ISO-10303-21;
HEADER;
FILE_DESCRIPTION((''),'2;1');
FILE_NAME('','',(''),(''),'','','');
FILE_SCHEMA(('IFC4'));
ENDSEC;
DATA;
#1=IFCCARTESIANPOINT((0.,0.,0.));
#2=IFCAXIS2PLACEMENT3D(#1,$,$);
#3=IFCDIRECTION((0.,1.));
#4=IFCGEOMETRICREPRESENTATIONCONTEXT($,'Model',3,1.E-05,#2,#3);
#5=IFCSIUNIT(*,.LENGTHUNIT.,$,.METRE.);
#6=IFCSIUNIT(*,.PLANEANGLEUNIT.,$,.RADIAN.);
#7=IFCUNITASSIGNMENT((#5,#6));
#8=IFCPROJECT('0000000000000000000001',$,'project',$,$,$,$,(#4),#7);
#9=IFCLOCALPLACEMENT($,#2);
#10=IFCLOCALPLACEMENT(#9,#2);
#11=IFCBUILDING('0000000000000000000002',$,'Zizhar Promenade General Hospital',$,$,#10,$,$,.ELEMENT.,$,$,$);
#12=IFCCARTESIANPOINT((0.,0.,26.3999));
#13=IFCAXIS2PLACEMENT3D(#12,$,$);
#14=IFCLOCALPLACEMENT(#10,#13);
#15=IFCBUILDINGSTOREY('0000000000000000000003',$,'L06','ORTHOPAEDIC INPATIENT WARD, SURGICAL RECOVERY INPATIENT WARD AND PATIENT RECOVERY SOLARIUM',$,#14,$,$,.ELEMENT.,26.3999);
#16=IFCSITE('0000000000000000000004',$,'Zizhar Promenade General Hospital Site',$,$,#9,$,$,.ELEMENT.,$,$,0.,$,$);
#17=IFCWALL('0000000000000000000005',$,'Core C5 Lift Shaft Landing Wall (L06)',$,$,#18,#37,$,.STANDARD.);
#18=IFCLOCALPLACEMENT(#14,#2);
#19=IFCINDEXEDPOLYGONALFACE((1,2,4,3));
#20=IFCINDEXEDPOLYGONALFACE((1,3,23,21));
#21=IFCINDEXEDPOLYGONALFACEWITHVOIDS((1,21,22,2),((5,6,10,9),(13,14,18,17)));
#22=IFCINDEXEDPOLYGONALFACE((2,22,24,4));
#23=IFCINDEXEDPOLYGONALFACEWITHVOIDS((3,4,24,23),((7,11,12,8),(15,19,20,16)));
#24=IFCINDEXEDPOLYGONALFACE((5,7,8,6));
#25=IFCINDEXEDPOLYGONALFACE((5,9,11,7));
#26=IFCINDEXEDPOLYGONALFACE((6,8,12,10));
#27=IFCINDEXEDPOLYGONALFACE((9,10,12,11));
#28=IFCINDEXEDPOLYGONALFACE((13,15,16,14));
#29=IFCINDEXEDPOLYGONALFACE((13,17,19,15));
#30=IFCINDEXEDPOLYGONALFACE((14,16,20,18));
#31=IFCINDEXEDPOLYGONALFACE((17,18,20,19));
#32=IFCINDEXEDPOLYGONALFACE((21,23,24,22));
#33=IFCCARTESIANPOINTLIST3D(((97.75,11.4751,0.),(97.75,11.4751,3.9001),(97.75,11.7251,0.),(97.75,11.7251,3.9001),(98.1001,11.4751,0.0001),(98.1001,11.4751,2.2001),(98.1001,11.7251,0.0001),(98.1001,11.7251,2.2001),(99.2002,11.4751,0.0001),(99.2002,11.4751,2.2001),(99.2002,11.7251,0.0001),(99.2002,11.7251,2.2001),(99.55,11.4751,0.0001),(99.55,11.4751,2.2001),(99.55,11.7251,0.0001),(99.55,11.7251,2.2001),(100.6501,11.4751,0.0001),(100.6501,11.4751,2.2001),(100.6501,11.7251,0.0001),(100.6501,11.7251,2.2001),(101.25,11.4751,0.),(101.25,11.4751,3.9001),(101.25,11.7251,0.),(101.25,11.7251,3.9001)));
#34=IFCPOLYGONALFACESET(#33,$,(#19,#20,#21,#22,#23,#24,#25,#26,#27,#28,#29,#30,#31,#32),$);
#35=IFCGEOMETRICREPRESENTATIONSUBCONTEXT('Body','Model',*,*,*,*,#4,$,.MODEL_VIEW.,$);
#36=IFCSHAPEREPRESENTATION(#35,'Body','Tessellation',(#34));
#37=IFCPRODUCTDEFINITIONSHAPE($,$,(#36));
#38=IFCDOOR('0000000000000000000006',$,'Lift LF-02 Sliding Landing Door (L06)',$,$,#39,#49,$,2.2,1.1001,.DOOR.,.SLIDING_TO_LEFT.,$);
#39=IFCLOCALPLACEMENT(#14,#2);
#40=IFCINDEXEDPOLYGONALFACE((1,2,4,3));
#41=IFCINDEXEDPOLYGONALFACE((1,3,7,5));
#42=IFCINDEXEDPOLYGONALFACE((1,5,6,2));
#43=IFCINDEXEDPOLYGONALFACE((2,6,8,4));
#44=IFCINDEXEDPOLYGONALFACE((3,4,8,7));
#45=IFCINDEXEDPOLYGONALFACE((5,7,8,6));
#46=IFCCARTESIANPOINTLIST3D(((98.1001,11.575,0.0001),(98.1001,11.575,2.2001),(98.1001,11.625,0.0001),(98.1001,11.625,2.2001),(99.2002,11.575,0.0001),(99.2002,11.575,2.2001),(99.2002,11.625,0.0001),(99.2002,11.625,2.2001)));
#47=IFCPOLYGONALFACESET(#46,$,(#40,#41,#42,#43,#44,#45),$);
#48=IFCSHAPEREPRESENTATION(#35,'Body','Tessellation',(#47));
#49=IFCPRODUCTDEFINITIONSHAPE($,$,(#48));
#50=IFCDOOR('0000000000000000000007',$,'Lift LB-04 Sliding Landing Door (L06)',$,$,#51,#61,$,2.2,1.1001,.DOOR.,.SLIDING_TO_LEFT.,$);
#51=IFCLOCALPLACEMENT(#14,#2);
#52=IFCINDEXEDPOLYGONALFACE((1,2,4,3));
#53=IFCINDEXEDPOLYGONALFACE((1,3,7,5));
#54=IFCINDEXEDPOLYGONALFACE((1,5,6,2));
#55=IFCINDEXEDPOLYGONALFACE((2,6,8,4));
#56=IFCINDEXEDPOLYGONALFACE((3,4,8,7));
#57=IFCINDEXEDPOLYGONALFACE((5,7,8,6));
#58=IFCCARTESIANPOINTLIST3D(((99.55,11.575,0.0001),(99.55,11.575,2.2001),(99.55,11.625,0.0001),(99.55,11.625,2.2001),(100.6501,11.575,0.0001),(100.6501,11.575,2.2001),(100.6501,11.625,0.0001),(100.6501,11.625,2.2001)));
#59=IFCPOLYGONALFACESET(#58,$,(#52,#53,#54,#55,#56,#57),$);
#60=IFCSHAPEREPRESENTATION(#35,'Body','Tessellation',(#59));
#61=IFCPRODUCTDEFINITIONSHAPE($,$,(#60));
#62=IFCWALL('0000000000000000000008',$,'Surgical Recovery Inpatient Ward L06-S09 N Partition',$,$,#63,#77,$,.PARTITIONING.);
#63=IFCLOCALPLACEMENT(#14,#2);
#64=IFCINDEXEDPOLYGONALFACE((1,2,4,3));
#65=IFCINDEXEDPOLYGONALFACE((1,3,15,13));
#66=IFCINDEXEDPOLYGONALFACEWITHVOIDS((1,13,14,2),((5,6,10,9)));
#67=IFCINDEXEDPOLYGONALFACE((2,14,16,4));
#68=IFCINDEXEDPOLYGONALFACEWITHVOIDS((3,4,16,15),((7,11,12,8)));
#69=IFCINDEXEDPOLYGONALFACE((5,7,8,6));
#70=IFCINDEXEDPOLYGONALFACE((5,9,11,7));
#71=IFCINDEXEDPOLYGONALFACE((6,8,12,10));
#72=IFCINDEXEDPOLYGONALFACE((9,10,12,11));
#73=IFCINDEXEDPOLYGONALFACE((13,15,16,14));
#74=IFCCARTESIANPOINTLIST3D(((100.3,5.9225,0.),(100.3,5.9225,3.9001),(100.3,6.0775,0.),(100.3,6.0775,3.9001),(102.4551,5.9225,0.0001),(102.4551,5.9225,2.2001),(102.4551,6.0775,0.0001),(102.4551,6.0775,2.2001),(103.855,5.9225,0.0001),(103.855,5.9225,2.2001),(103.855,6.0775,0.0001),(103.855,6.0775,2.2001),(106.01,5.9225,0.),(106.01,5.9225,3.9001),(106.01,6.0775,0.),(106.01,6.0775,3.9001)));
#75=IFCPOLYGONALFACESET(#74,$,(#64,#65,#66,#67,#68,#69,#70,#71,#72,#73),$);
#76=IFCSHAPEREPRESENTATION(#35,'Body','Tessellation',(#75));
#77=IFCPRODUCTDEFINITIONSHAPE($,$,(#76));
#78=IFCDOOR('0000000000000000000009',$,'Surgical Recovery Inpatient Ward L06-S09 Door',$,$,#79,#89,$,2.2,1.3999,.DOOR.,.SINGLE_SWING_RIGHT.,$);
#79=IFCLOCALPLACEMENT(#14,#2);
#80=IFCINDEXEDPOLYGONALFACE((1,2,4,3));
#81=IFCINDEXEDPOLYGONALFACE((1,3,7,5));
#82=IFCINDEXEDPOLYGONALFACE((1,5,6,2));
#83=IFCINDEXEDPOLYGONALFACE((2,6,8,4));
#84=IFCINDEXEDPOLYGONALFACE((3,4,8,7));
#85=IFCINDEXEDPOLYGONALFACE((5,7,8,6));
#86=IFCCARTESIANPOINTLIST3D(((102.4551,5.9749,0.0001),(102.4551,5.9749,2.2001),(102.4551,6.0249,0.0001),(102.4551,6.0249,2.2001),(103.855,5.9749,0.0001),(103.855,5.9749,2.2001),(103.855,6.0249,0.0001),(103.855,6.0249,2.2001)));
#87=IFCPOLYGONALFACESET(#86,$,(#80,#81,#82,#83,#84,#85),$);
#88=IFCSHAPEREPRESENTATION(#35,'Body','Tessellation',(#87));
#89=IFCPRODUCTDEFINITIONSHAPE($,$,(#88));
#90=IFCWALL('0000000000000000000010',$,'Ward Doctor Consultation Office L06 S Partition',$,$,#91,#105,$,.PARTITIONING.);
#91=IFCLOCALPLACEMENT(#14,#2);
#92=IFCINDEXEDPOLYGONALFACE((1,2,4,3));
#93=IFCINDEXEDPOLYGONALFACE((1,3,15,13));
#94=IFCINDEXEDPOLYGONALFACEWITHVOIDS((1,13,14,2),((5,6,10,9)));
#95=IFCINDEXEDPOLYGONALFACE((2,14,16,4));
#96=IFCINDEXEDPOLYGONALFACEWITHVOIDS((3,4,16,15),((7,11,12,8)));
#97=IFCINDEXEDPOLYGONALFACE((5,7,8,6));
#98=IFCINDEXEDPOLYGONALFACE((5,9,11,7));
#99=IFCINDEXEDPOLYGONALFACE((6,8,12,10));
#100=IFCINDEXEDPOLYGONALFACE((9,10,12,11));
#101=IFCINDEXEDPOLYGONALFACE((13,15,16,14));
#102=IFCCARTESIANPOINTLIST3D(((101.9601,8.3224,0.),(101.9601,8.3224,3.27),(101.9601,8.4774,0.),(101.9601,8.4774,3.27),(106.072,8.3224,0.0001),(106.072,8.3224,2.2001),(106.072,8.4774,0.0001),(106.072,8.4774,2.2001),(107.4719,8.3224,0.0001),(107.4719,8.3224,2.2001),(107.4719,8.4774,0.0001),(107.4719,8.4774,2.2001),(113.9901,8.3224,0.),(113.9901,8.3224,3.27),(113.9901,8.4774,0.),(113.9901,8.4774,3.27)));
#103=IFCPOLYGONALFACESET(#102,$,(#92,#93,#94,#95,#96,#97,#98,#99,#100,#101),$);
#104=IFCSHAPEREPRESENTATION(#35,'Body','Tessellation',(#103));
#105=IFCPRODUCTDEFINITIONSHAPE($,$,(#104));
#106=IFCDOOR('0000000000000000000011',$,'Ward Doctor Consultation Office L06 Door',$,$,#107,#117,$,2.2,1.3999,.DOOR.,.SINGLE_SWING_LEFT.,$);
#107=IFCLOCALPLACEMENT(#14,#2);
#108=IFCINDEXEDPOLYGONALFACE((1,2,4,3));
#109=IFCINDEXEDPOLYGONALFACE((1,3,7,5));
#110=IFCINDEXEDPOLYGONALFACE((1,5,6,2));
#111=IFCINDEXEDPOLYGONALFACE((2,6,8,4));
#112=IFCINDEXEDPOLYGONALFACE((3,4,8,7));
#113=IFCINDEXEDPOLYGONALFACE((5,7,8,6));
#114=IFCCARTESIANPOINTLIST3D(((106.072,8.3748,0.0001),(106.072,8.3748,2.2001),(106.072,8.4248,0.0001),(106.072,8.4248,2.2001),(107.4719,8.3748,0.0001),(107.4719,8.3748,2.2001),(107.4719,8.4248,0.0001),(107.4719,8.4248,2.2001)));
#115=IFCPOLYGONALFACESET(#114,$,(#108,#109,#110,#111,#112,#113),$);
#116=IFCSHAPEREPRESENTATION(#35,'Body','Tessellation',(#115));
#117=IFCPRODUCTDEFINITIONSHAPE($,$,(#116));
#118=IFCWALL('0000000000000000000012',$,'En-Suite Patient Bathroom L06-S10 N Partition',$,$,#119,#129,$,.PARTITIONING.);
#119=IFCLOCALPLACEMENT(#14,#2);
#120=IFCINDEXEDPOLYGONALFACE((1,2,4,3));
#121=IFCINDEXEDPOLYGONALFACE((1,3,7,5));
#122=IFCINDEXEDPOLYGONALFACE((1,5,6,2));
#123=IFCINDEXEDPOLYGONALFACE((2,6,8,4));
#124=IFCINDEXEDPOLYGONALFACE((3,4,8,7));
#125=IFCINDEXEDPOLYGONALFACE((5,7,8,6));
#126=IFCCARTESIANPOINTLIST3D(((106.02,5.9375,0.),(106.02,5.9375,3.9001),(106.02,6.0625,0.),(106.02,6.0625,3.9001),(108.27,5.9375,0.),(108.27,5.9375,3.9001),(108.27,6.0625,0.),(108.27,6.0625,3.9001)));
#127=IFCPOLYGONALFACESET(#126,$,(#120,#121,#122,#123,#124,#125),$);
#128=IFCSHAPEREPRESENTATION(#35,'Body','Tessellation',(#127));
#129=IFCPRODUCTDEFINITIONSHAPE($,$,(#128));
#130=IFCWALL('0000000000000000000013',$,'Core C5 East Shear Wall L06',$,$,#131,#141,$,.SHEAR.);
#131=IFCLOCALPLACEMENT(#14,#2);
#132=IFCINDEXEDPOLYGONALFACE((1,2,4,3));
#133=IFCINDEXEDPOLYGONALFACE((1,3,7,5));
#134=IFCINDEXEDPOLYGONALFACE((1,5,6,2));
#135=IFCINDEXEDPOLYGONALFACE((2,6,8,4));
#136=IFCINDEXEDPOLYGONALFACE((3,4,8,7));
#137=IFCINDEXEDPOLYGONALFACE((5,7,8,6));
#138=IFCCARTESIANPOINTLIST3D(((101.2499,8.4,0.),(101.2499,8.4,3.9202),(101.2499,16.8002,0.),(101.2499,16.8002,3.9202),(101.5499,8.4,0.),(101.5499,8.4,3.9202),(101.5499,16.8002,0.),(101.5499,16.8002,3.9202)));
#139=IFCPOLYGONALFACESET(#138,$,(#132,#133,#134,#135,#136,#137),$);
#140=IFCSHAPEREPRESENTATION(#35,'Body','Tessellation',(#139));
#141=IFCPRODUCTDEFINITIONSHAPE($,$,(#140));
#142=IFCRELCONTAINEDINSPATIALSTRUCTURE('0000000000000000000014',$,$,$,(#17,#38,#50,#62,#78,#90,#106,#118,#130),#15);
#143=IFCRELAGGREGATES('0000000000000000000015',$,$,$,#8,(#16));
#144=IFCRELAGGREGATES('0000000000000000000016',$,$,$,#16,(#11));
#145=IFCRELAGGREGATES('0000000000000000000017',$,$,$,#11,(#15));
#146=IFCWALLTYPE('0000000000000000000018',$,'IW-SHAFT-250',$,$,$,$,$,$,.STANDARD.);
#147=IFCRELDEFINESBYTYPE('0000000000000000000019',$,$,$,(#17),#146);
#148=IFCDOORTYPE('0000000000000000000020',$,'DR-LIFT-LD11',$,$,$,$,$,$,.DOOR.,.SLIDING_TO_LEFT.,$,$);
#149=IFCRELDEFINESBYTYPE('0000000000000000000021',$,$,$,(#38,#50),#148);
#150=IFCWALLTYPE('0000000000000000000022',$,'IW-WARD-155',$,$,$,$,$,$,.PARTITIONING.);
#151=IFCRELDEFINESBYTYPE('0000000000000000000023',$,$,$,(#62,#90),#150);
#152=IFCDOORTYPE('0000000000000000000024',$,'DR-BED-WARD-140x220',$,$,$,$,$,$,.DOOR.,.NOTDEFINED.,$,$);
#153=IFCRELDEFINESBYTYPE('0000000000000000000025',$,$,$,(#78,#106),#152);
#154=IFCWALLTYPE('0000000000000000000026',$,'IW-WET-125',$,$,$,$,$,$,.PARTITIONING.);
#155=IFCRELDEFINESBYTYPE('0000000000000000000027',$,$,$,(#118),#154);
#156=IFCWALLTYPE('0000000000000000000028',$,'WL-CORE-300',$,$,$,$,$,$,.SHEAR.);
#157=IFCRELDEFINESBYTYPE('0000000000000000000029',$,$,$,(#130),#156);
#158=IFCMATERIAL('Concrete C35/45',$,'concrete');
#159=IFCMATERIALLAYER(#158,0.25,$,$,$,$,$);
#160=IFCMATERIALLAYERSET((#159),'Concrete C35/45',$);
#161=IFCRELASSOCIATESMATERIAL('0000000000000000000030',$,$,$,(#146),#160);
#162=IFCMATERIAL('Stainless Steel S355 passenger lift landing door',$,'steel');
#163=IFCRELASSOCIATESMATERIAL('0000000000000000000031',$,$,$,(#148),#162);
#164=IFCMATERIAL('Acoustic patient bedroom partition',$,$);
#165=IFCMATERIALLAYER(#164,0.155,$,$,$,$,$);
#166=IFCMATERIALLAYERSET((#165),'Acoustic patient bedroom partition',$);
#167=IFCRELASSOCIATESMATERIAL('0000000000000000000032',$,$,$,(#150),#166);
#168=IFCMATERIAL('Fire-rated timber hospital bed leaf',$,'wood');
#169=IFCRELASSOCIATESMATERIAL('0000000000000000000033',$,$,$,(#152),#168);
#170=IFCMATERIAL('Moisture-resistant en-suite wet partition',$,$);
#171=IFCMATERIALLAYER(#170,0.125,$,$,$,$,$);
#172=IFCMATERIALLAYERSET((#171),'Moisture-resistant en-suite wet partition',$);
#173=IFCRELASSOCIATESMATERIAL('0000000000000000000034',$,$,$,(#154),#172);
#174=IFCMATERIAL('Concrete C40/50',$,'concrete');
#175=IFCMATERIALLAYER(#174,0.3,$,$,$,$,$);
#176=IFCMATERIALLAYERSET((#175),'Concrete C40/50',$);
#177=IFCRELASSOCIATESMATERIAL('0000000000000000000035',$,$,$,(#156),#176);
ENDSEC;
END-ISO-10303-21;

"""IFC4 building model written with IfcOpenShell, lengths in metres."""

from ifc_helpers import new_model, si_unit, direction, frame, frame_2d, origin, place, context, subcontext, project, spatial, rectangle, extrude, material, layer, layer_set, type_object, element, fill, save


model = new_model("IFC4")

# Units and contexts
model_context = context("Model", 3, precision=1e-05, world=origin(), true_north=direction((0.0, 1.0)))
body_context = subcontext(model_context, "Body", "Model", "MODEL_VIEW")
ifc_project = project(units=[si_unit("LENGTHUNIT", "METRE"), si_unit("PLANEANGLEUNIT", "RADIAN")], contexts=[model_context])

# Site, building, storey
site_placement = place(None, origin())
site = spatial("IfcSite", under=ifc_project, at=site_placement, Name="Zizhar Promenade General Hospital Site", CompositionType="ELEMENT", RefElevation=0.0)
building_placement = place(site_placement, origin())
building = spatial("IfcBuilding", under=site, at=building_placement, Name="Zizhar Promenade General Hospital", CompositionType="ELEMENT")
storey_placement = place(building_placement, frame((0.0, 0.0, 26.3999)))
storey = spatial("IfcBuildingStorey", under=building, at=storey_placement, Name="L06", Description="ORTHOPAEDIC INPATIENT WARD, SURGICAL RECOVERY INPATIENT WARD AND PATIENT RECOVERY SOLARIUM", CompositionType="ELEMENT", Elevation=26.3999)

# Wall, openings, doors
ifc_material_1 = material(Name="Concrete C35/45", Category="concrete")
ifc_layer_1 = layer(ifc_material_1, 0.25)
ifc_layer_set_1 = layer_set([ifc_layer_1], Name="Concrete C35/45")
wall_type_1 = type_object("IfcWallType", Name="IW-SHAFT-250", PredefinedType="STANDARD", material=ifc_layer_set_1)
wall_1_placement = place(storey_placement, frame((97.75, 11.6001, 0.0), z_axis=(0.0, 0.0, 1.0), x_axis=(1.0, 0.0, 0.0)))
wall_1 = element("IfcWall", 1, at=wall_1_placement, inside=storey, type_object=wall_type_1, Name="Core C5 Lift Shaft Landing Wall (L06)", PredefinedType="STANDARD", context=body_context, shape_type="SweptSolid", body=[
    extrude(rectangle(XDim=3.5, YDim=0.25, at=frame_2d((1.75, 0.0))), origin(), (0.0, 0.0, 1.0), 3.9001),
])
opening_1_placement = place(wall_1_placement, frame((0.3501, 0.0, 0.0)))
opening_1 = element("IfcOpeningElement", 2, at=opening_1_placement, cuts=wall_1, PredefinedType="OPENING", context=body_context, shape_type="SweptSolid", body=[
    extrude(rectangle(XDim=1.1001, YDim=2.2, at=frame_2d((0.55, 1.1001))), frame((0.0, 0.135, 0.0), z_axis=(0.0, -1.0, 0.0), x_axis=(1.0, 0.0, 0.0)), (0.0, 0.0, 1.0), 0.27),
])
opening_2_placement = place(wall_1_placement, frame((1.8, 0.0, 0.0)))
opening_2 = element("IfcOpeningElement", 3, at=opening_2_placement, cuts=wall_1, PredefinedType="OPENING", context=body_context, shape_type="SweptSolid", body=[
    extrude(rectangle(XDim=1.1001, YDim=2.2, at=frame_2d((0.55, 1.1001))), frame((0.0, 0.135, 0.0), z_axis=(0.0, -1.0, 0.0), x_axis=(1.0, 0.0, 0.0)), (0.0, 0.0, 1.0), 0.27),
])
ifc_material_2 = material(Name="Stainless Steel S355 passenger lift landing door", Category="steel")
door_type_1 = type_object("IfcDoorType", Name="DR-LIFT-LD11", OperationType="SLIDING_TO_LEFT", PredefinedType="DOOR", material=ifc_material_2)
door_1_placement = place(opening_1_placement, origin())
door_1 = element("IfcDoor", 4, at=door_1_placement, inside=storey, type_object=door_type_1, Name="Lift LF-02 Sliding Landing Door (L06)", OperationType="SLIDING_TO_LEFT", OverallHeight=2.2, OverallWidth=1.1001, PredefinedType="DOOR", context=body_context, shape_type="SweptSolid", body=[
    extrude(rectangle(XDim=1.1001, YDim=2.2, at=frame_2d((0.55, 1.1001))), frame((0.0, 0.0249, 0.0), z_axis=(0.0, -1.0, 0.0), x_axis=(1.0, 0.0, 0.0)), (0.0, 0.0, 1.0), 0.05),
])
fill(opening_1, door_1)
door_2_placement = place(opening_2_placement, origin())
door_2 = element("IfcDoor", 5, at=door_2_placement, inside=storey, type_object=door_type_1, Name="Lift LB-04 Sliding Landing Door (L06)", OperationType="SLIDING_TO_LEFT", OverallHeight=2.2, OverallWidth=1.1001, PredefinedType="DOOR", context=body_context, shape_type="SweptSolid", body=[
    extrude(rectangle(XDim=1.1001, YDim=2.2, at=frame_2d((0.55, 1.1001))), frame((0.0, 0.0249, 0.0), z_axis=(0.0, -1.0, 0.0), x_axis=(1.0, 0.0, 0.0)), (0.0, 0.0, 1.0), 0.05),
])
fill(opening_2, door_2)

# Walls, openings, doors
ifc_material_3 = material(Name="Acoustic patient bedroom partition")
ifc_layer_2 = layer(ifc_material_3, 0.155)
ifc_layer_set_2 = layer_set([ifc_layer_2], Name="Acoustic patient bedroom partition")
wall_type_2 = type_object("IfcWallType", Name="IW-WARD-155", PredefinedType="PARTITIONING", material=ifc_layer_set_2)
wall_2_placement = place(storey_placement, frame((100.3, 6.0, 0.0), z_axis=(0.0, 0.0, 1.0), x_axis=(1.0, 0.0, 0.0)))
wall_2 = element("IfcWall", 6, at=wall_2_placement, inside=storey, type_object=wall_type_2, Name="Surgical Recovery Inpatient Ward L06-S09 N Partition", PredefinedType="PARTITIONING", context=body_context, shape_type="SweptSolid", body=[
    extrude(rectangle(XDim=5.71, YDim=0.155, at=frame_2d((2.855, 0.0))), origin(), (0.0, 0.0, 1.0), 3.9001),
])
opening_3_placement = place(wall_2_placement, frame((2.155, 0.0, 0.0)))
opening_3 = element("IfcOpeningElement", 7, at=opening_3_placement, cuts=wall_2, PredefinedType="OPENING", context=body_context, shape_type="SweptSolid", body=[
    extrude(rectangle(XDim=1.3999, YDim=2.2, at=frame_2d((0.7, 1.1001))), frame((0.0, 0.0874, 0.0), z_axis=(0.0, -1.0, 0.0), x_axis=(1.0, 0.0, 0.0)), (0.0, 0.0, 1.0), 0.175),
])
ifc_material_4 = material(Name="Fire-rated timber hospital bed leaf", Category="wood")
door_type_2 = type_object("IfcDoorType", Name="DR-BED-WARD-140x220", OperationType="NOTDEFINED", PredefinedType="DOOR", material=ifc_material_4)
door_3_placement = place(opening_3_placement, origin())
door_3 = element("IfcDoor", 8, at=door_3_placement, inside=storey, type_object=door_type_2, Name="Surgical Recovery Inpatient Ward L06-S09 Door", OperationType="SINGLE_SWING_RIGHT", OverallHeight=2.2, OverallWidth=1.3999, PredefinedType="DOOR", context=body_context, shape_type="SweptSolid", body=[
    extrude(rectangle(XDim=1.3999, YDim=2.2, at=frame_2d((0.7, 1.1001))), frame((0.0, 0.0249, 0.0), z_axis=(0.0, -1.0, 0.0), x_axis=(1.0, 0.0, 0.0)), (0.0, 0.0, 1.0), 0.05),
])
fill(opening_3, door_3)
wall_3_placement = place(storey_placement, frame((101.96, 8.3999, 0.0), z_axis=(0.0, 0.0, 1.0), x_axis=(1.0, 0.0, 0.0)))
wall_3 = element("IfcWall", 9, at=wall_3_placement, inside=storey, type_object=wall_type_2, Name="Ward Doctor Consultation Office L06 S Partition", PredefinedType="PARTITIONING", context=body_context, shape_type="SweptSolid", body=[
    extrude(rectangle(XDim=12.03, YDim=0.155, at=frame_2d((6.0151, 0.0))), origin(), (0.0, 0.0, 1.0), 3.27),
])
opening_4_placement = place(wall_3_placement, frame((4.1121, 0.0, 0.0)))
opening_4 = element("IfcOpeningElement", 10, at=opening_4_placement, cuts=wall_3, PredefinedType="OPENING", context=body_context, shape_type="SweptSolid", body=[
    extrude(rectangle(XDim=1.3999, YDim=2.2, at=frame_2d((0.7, 1.1001))), frame((0.0, 0.0874, 0.0), z_axis=(0.0, -1.0, 0.0), x_axis=(1.0, 0.0, 0.0)), (0.0, 0.0, 1.0), 0.175),
])
door_4_placement = place(opening_4_placement, origin())
door_4 = element("IfcDoor", 11, at=door_4_placement, inside=storey, type_object=door_type_2, Name="Ward Doctor Consultation Office L06 Door", OperationType="SINGLE_SWING_LEFT", OverallHeight=2.2, OverallWidth=1.3999, PredefinedType="DOOR", context=body_context, shape_type="SweptSolid", body=[
    extrude(rectangle(XDim=1.3999, YDim=2.2, at=frame_2d((0.7, 1.1001))), frame((0.0, 0.0249, 0.0), z_axis=(0.0, -1.0, 0.0), x_axis=(1.0, 0.0, 0.0)), (0.0, 0.0, 1.0), 0.05),
])
fill(opening_4, door_4)

# Walls
ifc_material_5 = material(Name="Moisture-resistant en-suite wet partition")
ifc_layer_3 = layer(ifc_material_5, 0.125)
ifc_layer_set_3 = layer_set([ifc_layer_3], Name="Moisture-resistant en-suite wet partition")
wall_type_3 = type_object("IfcWallType", Name="IW-WET-125", PredefinedType="PARTITIONING", material=ifc_layer_set_3)
wall_4_placement = place(storey_placement, frame((106.02, 6.0, 0.0), z_axis=(0.0, 0.0, 1.0), x_axis=(1.0, 0.0, 0.0)))
element("IfcWall", 12, at=wall_4_placement, inside=storey, type_object=wall_type_3, Name="En-Suite Patient Bathroom L06-S10 N Partition", PredefinedType="PARTITIONING", context=body_context, shape_type="SweptSolid", body=[
    extrude(rectangle(XDim=2.25, YDim=0.125, at=frame_2d((1.125, 0.0))), origin(), (0.0, 0.0, 1.0), 3.9001),
])
ifc_material_6 = material(Name="Concrete C40/50", Category="concrete")
ifc_layer_4 = layer(ifc_material_6, 0.3)
ifc_layer_set_4 = layer_set([ifc_layer_4], Name="Concrete C40/50")
wall_type_4 = type_object("IfcWallType", Name="WL-CORE-300", PredefinedType="SHEAR", material=ifc_layer_set_4)
wall_5_placement = place(storey_placement, frame((101.3999, 8.3999, 0.0), z_axis=(0.0, 0.0, 1.0), x_axis=(0.0, 1.0, 0.0)))
element("IfcWall", 13, at=wall_5_placement, inside=storey, type_object=wall_type_4, Name="Core C5 East Shear Wall L06", PredefinedType="SHEAR", context=body_context, shape_type="SweptSolid", body=[
    extrude(rectangle(XDim=8.4001, YDim=0.3, at=frame_2d((4.2002, 0.0))), origin(), (0.0, 0.0, 1.0), 3.9202),
])

save(model, "model.ifc")
